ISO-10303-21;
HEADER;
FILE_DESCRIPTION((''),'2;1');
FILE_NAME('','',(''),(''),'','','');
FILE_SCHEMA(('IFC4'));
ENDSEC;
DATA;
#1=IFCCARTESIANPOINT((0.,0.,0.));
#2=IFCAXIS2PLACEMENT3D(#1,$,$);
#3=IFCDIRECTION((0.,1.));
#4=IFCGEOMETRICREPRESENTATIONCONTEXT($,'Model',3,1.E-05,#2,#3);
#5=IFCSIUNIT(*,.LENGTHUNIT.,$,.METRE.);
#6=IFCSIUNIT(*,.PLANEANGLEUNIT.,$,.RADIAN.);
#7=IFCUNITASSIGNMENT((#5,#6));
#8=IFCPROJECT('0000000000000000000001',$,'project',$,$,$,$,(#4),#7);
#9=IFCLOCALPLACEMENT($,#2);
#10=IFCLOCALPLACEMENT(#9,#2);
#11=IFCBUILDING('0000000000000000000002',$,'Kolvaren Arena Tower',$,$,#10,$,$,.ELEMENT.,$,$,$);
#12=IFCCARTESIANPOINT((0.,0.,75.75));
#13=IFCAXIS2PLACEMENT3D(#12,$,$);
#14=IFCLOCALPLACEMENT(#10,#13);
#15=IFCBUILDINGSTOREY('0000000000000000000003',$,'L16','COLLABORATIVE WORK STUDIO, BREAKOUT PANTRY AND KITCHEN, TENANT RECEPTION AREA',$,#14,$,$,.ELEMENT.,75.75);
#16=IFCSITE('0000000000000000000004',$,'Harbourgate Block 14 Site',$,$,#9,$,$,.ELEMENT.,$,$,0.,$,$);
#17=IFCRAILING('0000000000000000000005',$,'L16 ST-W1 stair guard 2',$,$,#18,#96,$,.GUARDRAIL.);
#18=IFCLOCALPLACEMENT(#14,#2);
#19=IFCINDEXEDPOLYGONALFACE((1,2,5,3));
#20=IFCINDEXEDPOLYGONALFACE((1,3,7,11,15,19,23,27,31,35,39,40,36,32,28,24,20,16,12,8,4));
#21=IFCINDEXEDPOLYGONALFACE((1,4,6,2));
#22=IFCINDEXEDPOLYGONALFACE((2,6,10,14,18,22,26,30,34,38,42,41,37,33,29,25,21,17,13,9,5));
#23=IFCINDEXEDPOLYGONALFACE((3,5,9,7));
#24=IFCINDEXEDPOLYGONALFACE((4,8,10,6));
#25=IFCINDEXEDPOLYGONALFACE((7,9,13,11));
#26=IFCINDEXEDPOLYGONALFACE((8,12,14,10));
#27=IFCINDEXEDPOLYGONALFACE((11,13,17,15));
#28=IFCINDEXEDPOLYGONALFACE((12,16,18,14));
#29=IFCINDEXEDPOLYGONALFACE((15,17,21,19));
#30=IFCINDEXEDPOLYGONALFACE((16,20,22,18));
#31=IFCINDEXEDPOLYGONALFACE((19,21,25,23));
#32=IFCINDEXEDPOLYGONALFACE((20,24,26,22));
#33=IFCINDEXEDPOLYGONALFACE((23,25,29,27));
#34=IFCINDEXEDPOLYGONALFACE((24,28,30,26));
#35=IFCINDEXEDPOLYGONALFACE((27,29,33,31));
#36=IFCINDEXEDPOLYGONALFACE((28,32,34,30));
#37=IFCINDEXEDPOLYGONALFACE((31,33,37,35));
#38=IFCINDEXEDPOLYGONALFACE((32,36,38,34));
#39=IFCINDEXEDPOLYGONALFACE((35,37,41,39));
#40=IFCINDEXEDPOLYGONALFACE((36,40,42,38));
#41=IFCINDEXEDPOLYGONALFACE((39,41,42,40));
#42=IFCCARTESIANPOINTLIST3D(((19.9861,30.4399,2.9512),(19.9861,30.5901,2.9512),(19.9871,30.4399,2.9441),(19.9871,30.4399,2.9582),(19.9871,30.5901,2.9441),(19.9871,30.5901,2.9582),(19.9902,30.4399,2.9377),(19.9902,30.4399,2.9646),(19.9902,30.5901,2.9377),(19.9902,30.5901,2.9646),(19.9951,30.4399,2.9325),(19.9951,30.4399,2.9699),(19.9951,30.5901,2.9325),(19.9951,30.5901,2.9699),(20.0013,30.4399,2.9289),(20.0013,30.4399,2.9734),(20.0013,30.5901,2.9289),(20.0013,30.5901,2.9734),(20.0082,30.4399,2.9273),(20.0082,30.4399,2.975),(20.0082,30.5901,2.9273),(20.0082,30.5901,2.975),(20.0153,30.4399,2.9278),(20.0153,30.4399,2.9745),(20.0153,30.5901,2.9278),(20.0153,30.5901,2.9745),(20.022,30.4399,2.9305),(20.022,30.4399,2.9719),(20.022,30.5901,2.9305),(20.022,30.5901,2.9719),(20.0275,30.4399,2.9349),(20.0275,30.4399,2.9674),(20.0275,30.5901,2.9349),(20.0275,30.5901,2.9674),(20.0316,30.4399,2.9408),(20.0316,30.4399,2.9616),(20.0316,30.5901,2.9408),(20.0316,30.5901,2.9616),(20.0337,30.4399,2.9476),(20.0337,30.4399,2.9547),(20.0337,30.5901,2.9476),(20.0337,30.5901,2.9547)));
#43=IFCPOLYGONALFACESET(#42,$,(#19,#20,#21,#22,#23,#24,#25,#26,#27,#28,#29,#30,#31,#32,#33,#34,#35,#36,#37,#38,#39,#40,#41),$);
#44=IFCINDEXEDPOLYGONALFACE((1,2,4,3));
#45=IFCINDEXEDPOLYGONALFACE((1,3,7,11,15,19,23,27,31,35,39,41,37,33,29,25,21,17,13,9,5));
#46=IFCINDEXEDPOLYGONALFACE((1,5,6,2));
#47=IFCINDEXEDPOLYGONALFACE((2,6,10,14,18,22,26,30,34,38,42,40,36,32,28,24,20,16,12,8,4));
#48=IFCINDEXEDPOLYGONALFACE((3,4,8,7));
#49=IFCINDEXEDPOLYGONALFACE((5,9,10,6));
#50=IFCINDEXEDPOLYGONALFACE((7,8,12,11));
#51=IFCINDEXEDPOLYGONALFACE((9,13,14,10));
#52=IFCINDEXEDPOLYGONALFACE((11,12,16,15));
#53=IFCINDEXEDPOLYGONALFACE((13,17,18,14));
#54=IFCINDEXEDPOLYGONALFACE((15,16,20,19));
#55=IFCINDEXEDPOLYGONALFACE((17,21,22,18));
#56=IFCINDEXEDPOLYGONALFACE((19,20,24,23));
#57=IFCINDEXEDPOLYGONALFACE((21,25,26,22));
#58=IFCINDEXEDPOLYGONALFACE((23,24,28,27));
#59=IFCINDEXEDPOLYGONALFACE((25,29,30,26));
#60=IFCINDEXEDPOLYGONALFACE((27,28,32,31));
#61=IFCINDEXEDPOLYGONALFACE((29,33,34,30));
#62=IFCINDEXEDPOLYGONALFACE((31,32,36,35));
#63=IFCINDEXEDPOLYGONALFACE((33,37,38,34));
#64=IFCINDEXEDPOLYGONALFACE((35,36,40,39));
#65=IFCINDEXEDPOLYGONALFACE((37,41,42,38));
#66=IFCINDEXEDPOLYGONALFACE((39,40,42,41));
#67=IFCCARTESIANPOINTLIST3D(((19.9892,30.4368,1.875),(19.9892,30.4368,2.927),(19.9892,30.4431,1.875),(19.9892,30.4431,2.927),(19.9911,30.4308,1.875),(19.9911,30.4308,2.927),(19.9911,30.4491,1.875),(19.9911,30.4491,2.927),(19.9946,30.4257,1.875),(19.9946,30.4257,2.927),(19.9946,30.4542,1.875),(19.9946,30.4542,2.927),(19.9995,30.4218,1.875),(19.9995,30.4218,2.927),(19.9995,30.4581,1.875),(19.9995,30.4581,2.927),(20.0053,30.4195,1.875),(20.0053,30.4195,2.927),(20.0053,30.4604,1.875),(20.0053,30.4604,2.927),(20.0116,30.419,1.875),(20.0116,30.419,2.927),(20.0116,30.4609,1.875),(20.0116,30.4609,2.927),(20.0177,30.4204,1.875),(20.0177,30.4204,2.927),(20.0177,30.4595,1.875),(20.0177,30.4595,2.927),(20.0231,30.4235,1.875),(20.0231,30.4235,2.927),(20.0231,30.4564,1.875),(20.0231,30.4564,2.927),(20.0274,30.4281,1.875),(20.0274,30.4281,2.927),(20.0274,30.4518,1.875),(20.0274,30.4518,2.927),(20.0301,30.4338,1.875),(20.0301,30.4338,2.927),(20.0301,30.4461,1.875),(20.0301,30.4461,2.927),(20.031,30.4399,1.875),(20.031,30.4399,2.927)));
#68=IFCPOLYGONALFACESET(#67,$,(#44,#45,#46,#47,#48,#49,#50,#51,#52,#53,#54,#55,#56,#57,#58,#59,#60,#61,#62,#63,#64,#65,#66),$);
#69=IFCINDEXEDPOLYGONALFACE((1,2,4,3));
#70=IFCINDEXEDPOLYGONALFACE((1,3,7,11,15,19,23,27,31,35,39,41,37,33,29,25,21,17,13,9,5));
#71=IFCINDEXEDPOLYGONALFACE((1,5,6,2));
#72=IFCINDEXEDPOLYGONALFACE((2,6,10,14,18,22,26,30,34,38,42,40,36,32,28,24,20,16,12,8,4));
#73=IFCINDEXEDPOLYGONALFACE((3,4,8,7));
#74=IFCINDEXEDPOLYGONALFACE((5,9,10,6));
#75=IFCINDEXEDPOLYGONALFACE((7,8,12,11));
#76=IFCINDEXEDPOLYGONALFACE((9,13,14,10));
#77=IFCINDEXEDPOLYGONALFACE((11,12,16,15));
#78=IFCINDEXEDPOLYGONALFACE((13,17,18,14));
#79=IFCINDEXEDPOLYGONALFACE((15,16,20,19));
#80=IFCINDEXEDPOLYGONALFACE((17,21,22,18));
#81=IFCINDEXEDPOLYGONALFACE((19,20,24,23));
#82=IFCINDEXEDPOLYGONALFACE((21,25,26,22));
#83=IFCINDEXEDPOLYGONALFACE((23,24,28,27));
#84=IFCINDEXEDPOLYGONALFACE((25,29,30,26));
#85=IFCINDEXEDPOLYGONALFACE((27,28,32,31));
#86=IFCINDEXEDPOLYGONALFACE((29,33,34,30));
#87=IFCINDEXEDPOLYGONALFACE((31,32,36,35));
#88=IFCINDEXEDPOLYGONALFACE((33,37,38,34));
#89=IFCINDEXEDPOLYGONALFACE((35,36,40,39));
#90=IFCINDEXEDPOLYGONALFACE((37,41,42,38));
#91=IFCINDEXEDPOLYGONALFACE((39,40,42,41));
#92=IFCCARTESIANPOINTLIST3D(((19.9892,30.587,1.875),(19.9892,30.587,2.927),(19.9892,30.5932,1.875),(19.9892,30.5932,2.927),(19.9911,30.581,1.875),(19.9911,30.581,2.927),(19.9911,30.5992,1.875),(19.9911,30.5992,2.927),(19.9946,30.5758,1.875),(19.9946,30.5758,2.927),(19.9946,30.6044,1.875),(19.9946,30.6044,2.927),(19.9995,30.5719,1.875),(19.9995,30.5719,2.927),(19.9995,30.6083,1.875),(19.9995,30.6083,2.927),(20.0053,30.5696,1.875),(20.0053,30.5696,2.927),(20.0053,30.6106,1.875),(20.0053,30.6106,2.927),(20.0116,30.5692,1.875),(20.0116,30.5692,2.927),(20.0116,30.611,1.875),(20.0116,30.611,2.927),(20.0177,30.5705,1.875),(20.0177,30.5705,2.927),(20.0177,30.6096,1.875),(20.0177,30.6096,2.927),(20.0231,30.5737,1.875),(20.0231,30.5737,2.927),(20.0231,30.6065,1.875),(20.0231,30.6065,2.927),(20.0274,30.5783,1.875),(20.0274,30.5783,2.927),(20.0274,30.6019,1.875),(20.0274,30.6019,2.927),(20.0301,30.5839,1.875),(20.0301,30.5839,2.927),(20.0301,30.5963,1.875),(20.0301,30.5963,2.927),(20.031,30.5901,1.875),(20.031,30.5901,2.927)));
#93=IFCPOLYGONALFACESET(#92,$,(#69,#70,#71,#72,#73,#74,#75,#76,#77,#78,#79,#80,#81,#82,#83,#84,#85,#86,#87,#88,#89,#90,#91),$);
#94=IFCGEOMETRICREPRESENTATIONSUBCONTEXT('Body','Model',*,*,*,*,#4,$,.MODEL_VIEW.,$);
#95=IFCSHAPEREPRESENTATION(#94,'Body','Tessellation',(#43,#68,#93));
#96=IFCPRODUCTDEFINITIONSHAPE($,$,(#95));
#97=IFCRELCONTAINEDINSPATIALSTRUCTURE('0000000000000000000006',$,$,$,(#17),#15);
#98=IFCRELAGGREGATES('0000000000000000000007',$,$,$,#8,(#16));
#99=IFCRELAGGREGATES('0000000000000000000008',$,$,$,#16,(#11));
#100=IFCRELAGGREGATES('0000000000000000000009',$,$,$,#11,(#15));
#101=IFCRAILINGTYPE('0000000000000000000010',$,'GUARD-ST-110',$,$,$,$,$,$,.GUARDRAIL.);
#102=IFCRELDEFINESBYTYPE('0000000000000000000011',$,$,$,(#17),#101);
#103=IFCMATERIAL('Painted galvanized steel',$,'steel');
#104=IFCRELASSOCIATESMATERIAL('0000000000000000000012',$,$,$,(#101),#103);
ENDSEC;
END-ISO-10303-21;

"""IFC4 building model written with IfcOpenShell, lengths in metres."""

from ifc_helpers import new_model, si_unit, direction, frame, origin, origin_2d, place, context, subcontext, project, spatial, circle, extrude, material, type_object, element, save


model = new_model("IFC4")

# Units and contexts
model_context = context("Model", 3, precision=1e-05, world=origin(), true_north=direction((0.0, 1.0)))
body_context = subcontext(model_context, "Body", "Model", "MODEL_VIEW")
ifc_project = project(units=[si_unit("LENGTHUNIT", "METRE"), si_unit("PLANEANGLEUNIT", "RADIAN")], contexts=[model_context])

# Site, building, storey
site_placement = place(None, origin())
site = spatial("IfcSite", under=ifc_project, at=site_placement, Name="Harbourgate Block 14 Site", CompositionType="ELEMENT", RefElevation=0.0)
building_placement = place(site_placement, origin())
building = spatial("IfcBuilding", under=site, at=building_placement, Name="Kolvaren Arena Tower", CompositionType="ELEMENT")
storey_placement = place(building_placement, frame((0.0, 0.0, 75.75)))
storey = spatial("IfcBuildingStorey", under=building, at=storey_placement, Name="L16", Description="COLLABORATIVE WORK STUDIO, BREAKOUT PANTRY AND KITCHEN, TENANT RECEPTION AREA", CompositionType="ELEMENT", Elevation=75.75)

# Railing
ifc_material_1 = material(Name="Painted galvanized steel", Category="steel")
railing_type = type_object("IfcRailingType", Name="GUARD-ST-110", PredefinedType="GUARDRAIL", material=ifc_material_1)
railing_1_placement = place(storey_placement, frame((20.01, 30.4399, 1.875)))
element("IfcRailing", 1, at=railing_1_placement, inside=storey, type_object=railing_type, Name="L16 ST-W1 stair guard 2", PredefinedType="GUARDRAIL", context=body_context, shape_type="SweptSolid", body=[
    extrude(circle(Radius=0.0239, at=origin_2d()), frame((0.0, 0.0, 1.0762), z_axis=(0.0, 1.0, 0.0), x_axis=(-1.0, 0.0, 0.0)), (0.0, 0.0, 1.0), 0.1501),
    extrude(circle(Radius=0.021, at=origin_2d()), origin(), (0.0, 0.0, 1.0), 1.052),
    extrude(circle(Radius=0.021, at=origin_2d()), frame((0.0, 0.1501, 0.0)), (0.0, 0.0, 1.0), 1.052),
])

save(model, "model.ifc")
